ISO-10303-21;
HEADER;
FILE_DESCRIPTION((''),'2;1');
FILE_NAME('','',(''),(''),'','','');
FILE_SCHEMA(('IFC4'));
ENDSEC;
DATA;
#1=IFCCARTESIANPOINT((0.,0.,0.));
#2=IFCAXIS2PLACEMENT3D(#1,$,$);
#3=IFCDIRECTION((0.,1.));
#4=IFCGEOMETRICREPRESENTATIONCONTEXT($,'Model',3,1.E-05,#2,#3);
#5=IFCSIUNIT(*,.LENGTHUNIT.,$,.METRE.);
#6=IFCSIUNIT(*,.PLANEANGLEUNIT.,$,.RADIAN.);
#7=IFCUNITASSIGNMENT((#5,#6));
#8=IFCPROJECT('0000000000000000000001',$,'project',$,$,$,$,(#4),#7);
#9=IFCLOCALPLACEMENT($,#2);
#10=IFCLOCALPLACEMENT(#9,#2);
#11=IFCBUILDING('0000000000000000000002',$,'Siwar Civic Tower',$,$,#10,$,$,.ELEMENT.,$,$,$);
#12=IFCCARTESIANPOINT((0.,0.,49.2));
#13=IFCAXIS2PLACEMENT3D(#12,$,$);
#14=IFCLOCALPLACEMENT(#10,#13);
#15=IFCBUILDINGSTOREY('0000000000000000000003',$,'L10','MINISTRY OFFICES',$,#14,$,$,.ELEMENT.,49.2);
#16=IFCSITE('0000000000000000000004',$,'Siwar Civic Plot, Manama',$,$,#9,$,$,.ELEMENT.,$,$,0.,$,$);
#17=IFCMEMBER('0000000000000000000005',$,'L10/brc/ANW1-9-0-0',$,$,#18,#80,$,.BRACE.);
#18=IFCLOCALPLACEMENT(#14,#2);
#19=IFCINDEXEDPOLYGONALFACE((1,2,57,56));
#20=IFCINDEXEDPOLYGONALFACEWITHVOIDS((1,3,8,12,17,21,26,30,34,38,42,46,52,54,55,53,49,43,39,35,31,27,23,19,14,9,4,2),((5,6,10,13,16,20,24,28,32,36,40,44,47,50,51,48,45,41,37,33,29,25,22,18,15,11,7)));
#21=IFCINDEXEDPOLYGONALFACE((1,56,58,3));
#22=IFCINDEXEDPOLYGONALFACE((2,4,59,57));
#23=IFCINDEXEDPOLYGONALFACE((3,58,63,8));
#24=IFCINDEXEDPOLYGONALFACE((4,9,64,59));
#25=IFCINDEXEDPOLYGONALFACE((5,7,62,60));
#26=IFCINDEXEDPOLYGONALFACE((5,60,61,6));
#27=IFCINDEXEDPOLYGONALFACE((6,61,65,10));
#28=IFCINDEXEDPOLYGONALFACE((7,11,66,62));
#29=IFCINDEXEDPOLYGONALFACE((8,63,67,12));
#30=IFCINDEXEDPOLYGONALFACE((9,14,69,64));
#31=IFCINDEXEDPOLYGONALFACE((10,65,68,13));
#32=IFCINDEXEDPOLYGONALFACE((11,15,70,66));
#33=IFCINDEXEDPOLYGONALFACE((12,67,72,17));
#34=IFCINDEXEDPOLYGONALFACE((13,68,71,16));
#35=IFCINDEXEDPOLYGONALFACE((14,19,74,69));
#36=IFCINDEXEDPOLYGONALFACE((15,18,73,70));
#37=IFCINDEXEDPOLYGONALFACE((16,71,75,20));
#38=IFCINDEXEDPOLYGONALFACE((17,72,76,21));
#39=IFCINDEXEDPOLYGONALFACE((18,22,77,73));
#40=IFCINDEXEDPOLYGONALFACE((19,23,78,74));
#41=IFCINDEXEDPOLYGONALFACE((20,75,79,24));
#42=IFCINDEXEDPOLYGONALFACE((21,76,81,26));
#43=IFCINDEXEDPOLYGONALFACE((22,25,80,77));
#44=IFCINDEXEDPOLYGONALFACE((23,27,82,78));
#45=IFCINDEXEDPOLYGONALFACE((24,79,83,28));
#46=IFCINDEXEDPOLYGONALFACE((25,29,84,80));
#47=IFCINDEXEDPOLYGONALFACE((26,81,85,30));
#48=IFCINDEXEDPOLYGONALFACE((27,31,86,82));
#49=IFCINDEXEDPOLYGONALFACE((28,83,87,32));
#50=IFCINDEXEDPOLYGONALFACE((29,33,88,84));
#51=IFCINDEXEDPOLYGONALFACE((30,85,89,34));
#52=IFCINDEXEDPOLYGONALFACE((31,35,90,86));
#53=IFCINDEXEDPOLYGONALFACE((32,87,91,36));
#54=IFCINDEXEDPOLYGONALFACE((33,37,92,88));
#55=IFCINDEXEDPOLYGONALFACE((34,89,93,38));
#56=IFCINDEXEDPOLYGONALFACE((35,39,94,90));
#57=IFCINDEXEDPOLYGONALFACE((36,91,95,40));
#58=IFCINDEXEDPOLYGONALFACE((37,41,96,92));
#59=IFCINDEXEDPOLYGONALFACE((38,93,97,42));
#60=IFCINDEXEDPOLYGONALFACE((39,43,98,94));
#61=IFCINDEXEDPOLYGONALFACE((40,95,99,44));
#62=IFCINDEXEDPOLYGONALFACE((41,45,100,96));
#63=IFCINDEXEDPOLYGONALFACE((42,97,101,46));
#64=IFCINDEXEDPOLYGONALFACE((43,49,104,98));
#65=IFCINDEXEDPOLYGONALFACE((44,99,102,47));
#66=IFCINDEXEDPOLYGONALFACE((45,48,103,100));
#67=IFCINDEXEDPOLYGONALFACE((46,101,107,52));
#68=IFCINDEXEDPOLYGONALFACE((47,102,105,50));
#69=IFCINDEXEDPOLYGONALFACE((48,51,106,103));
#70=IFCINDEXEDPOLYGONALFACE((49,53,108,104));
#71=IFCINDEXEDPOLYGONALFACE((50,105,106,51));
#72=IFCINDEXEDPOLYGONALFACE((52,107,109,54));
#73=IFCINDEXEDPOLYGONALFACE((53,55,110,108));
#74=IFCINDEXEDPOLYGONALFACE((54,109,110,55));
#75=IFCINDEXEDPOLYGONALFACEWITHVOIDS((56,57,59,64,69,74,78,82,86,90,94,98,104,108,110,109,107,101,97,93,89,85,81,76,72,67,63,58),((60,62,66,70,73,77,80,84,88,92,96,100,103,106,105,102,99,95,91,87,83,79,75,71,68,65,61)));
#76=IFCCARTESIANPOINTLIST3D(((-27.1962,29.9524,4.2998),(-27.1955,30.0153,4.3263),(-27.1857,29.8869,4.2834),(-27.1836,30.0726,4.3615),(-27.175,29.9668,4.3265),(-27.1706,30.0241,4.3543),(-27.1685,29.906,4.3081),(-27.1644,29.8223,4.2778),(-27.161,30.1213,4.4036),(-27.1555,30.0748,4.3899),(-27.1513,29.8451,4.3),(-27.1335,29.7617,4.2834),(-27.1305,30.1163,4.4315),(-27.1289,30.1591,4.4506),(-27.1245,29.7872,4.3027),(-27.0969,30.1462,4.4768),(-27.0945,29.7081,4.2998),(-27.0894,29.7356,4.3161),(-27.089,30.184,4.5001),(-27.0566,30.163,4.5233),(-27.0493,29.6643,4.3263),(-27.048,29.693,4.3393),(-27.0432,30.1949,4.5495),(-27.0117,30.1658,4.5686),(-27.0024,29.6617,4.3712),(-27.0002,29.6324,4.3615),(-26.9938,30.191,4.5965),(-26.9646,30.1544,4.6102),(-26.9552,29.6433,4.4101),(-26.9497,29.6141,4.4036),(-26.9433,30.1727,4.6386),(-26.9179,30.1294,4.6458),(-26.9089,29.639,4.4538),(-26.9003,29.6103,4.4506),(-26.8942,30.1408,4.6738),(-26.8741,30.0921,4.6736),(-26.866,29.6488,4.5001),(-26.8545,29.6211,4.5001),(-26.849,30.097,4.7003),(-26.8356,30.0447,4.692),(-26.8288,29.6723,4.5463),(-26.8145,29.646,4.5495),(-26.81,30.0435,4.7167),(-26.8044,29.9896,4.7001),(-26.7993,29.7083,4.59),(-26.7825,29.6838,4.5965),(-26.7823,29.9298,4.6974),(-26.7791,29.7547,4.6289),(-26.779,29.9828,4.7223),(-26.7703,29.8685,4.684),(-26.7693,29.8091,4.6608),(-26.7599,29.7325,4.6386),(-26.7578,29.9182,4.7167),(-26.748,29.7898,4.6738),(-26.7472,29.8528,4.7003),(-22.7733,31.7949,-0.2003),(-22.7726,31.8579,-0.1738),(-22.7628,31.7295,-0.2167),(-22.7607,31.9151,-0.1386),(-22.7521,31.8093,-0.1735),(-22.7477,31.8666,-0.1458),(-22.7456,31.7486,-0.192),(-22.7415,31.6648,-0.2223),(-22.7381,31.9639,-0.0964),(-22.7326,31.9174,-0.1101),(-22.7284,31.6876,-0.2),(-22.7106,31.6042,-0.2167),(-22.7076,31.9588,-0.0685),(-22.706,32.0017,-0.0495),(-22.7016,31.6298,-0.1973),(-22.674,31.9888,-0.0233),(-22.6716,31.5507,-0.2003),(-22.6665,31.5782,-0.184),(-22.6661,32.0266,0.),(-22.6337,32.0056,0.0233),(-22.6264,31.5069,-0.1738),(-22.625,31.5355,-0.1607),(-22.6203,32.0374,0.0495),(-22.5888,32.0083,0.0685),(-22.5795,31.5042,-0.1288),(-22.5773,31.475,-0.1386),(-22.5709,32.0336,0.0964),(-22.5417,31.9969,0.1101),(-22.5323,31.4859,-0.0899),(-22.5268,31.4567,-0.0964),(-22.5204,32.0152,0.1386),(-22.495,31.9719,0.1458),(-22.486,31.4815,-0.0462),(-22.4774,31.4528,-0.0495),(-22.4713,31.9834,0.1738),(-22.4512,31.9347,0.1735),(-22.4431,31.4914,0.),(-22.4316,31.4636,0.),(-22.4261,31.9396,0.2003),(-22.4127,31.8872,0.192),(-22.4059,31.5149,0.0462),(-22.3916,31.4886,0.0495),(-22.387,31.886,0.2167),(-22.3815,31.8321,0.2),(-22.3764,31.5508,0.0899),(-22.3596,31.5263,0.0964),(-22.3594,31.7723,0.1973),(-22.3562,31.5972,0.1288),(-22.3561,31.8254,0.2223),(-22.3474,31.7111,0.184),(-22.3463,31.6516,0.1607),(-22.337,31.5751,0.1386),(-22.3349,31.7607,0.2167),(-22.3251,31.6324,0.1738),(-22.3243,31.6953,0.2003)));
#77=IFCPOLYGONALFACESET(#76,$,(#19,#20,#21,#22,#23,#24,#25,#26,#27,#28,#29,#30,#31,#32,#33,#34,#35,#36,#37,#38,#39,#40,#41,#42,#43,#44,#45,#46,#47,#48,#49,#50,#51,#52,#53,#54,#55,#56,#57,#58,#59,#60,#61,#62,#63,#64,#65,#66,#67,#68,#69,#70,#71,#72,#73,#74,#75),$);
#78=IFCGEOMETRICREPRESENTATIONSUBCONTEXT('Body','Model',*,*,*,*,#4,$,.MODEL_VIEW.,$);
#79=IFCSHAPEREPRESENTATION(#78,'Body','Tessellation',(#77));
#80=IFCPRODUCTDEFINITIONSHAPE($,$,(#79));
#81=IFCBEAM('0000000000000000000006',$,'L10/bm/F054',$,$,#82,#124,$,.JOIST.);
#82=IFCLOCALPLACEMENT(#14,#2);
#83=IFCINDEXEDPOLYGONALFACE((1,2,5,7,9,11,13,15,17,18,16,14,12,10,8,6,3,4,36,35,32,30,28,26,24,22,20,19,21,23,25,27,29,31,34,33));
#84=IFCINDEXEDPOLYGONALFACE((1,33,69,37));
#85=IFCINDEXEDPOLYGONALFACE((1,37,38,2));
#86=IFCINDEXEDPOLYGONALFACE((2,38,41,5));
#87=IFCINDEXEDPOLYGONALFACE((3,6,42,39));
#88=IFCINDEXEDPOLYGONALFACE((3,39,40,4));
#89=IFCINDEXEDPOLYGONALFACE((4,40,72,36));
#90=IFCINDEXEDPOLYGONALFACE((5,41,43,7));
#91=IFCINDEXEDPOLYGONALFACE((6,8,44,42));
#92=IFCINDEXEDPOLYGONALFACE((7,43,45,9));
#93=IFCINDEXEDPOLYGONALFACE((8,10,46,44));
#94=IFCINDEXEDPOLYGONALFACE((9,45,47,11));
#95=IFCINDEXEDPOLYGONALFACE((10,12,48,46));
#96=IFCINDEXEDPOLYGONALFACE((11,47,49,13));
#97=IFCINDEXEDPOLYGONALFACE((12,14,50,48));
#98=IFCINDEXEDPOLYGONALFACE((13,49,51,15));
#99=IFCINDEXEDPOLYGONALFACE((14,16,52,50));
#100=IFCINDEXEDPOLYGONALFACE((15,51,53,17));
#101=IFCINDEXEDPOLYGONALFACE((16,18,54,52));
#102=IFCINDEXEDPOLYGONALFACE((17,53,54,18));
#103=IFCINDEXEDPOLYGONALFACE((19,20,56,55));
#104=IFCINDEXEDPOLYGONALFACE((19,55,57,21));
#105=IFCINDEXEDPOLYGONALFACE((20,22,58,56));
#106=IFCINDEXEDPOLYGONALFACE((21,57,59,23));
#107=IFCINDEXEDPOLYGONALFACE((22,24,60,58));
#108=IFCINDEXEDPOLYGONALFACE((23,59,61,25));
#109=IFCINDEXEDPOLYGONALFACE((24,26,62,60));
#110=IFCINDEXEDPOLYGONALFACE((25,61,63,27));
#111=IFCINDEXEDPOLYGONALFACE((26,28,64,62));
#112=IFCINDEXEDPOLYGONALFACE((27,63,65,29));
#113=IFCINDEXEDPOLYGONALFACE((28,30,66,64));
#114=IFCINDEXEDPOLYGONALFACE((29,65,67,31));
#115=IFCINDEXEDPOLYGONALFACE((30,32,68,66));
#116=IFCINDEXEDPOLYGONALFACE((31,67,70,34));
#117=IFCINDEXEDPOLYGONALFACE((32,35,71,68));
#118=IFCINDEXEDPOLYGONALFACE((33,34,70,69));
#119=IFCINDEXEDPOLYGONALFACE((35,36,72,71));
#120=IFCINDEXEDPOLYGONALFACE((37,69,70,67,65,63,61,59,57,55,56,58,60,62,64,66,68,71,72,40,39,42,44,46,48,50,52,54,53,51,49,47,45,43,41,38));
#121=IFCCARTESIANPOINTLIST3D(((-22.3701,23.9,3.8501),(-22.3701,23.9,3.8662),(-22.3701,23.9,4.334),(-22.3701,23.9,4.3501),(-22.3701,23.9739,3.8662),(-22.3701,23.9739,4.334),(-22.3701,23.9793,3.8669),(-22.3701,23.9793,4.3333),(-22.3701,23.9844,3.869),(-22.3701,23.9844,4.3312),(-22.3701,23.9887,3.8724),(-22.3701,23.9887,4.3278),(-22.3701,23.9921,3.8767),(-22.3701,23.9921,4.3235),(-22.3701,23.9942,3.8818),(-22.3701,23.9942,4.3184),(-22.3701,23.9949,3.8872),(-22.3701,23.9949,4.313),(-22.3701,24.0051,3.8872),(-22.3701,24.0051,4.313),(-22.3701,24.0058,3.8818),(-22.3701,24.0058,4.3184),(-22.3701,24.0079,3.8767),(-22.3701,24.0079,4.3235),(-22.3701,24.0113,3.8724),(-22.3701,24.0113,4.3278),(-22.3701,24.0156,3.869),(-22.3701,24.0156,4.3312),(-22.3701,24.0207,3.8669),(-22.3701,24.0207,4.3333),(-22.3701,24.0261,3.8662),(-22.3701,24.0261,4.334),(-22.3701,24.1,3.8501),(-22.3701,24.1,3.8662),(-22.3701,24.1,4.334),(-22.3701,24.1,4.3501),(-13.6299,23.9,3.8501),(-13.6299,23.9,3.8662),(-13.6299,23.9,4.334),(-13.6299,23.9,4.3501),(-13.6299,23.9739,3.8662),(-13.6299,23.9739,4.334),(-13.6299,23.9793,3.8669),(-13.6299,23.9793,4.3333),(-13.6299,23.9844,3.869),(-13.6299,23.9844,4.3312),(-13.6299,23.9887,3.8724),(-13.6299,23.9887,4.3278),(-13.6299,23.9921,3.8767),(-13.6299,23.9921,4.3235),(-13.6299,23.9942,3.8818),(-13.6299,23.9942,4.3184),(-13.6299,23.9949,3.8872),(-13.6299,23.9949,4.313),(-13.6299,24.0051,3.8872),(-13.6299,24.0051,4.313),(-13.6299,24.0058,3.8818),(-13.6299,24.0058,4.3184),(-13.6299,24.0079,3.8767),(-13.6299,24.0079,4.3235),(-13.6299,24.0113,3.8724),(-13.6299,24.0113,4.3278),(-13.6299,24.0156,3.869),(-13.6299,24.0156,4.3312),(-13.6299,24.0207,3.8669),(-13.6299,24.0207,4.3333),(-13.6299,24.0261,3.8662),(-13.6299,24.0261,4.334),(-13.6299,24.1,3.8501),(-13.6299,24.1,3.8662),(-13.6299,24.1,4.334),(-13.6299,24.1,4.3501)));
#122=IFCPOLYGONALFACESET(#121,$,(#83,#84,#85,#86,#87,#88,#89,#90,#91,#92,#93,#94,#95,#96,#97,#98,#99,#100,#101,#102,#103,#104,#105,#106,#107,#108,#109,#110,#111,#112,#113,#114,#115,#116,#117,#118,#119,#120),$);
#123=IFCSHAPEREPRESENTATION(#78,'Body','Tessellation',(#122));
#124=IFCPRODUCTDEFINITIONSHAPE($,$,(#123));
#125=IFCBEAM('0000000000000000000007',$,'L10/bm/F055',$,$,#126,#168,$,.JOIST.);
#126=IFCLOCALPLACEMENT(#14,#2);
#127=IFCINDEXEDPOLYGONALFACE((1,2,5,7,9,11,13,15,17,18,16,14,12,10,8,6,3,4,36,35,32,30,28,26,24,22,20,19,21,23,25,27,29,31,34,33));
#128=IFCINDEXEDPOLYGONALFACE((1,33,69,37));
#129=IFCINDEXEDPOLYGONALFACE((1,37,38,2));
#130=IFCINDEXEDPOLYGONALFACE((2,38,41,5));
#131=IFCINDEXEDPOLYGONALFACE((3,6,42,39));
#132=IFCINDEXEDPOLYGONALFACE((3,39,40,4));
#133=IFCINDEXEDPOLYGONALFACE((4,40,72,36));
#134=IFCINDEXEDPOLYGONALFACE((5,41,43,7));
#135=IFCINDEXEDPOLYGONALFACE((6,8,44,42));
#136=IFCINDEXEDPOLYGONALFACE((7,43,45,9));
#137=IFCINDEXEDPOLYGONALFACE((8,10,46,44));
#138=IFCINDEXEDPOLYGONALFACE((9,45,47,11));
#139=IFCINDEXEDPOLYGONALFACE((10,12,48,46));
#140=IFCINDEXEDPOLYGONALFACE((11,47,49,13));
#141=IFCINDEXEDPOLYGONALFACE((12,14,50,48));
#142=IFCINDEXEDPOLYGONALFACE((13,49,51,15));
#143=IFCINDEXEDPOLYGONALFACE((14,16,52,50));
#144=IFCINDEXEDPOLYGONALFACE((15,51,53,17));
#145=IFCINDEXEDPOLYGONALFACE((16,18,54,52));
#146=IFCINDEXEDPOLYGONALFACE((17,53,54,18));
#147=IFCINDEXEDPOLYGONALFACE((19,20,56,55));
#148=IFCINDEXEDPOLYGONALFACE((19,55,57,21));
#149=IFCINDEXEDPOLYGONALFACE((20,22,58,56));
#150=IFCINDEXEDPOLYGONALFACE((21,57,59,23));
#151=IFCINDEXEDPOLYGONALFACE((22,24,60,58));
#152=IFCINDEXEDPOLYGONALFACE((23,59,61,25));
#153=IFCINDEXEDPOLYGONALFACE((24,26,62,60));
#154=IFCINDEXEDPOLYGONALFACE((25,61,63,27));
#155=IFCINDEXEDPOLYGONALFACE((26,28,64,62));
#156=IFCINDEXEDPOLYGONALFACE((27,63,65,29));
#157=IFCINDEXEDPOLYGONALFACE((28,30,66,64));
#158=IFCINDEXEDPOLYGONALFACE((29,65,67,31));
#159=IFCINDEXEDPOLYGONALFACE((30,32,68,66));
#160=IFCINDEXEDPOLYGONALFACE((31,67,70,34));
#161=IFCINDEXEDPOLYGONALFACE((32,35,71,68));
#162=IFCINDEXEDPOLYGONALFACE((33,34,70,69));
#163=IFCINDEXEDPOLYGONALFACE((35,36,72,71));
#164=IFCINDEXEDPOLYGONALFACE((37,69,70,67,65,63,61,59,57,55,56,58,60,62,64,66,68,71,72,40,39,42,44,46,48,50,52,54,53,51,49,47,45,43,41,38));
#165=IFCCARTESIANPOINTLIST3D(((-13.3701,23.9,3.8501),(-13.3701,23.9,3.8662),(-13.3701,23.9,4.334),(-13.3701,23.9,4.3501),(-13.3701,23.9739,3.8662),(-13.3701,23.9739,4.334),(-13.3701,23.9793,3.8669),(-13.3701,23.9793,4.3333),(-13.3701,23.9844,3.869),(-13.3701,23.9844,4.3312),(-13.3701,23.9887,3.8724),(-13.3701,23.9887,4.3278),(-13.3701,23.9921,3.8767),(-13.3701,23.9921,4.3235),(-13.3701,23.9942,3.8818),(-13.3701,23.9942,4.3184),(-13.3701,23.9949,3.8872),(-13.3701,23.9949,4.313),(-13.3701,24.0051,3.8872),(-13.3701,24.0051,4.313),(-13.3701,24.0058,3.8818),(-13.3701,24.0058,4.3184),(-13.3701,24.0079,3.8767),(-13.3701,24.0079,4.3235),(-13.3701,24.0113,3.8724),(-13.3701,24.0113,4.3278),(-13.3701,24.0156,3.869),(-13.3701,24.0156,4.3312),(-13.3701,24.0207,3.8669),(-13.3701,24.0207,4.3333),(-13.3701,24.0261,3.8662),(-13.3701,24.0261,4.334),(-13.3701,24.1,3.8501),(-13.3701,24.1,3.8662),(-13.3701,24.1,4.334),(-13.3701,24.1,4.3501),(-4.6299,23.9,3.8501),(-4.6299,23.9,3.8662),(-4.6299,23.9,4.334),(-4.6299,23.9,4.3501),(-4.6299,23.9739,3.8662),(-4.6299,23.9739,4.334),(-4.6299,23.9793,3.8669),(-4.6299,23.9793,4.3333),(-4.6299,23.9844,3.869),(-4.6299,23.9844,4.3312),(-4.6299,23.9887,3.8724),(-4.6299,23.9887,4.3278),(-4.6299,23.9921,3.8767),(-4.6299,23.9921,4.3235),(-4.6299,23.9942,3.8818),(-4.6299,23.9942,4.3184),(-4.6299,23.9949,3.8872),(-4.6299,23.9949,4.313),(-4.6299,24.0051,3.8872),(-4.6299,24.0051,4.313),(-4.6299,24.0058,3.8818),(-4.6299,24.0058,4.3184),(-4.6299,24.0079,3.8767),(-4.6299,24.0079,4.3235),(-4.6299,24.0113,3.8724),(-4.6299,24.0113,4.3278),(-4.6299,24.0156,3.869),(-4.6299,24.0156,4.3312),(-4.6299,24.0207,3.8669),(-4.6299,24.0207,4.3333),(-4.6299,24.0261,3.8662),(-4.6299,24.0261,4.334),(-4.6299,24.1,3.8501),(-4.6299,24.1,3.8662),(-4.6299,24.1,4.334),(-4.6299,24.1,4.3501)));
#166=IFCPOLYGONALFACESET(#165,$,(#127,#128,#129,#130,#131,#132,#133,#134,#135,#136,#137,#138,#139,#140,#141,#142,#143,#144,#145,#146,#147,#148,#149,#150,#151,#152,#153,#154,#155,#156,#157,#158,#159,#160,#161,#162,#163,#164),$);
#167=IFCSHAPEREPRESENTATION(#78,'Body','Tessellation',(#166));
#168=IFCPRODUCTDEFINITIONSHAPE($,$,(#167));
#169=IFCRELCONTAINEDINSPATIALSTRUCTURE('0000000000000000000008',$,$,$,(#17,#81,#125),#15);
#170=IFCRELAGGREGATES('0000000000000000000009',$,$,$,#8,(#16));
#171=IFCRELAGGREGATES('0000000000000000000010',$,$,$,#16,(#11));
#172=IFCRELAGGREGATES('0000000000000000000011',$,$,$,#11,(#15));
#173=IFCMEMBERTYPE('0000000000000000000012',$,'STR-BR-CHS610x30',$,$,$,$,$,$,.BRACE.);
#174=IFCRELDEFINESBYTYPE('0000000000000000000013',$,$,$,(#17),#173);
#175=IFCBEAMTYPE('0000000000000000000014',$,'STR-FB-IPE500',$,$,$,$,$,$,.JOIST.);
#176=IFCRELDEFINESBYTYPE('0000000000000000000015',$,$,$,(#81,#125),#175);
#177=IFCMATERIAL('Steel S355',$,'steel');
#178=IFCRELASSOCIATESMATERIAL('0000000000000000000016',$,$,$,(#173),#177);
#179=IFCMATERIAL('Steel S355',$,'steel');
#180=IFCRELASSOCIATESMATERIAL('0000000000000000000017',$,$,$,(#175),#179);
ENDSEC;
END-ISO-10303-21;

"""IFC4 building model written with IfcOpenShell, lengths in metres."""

from ifc_helpers import new_model, si_unit, direction, frame, origin, origin_2d, place, context, subcontext, project, spatial, hollow_circle, i_section, extrude, material, material_profile, profile_set, type_object, element, save


model = new_model("IFC4")

# Units and contexts
model_context = context("Model", 3, precision=1e-05, world=origin(), true_north=direction((0.0, 1.0)))
body_context = subcontext(model_context, "Body", "Model", "MODEL_VIEW")
ifc_project = project(units=[si_unit("LENGTHUNIT", "METRE"), si_unit("PLANEANGLEUNIT", "RADIAN")], contexts=[model_context])

# Site, building, storey
site_placement = place(None, origin())
site = spatial("IfcSite", under=ifc_project, at=site_placement, Name="Siwar Civic Plot, Manama", CompositionType="ELEMENT", RefElevation=0.0)
building_placement = place(site_placement, origin())
building = spatial("IfcBuilding", under=site, at=building_placement, Name="Siwar Civic Tower", CompositionType="ELEMENT")
storey_placement = place(building_placement, frame((0.0, 0.0, 49.2)))
storey = spatial("IfcBuildingStorey", under=building, at=storey_placement, Name="L10", Description="MINISTRY OFFICES", CompositionType="ELEMENT", Elevation=49.2)

# Member
ifc_material_1 = material(Name="Steel S355", Category="steel")
ifc_material_profile_1 = material_profile(ifc_material_1, hollow_circle(Radius=0.3049, WallThickness=0.03, at=origin_2d()), Name="CHS610x30")
ifc_profile_set_1 = profile_set([ifc_material_profile_1], Name="Steel S355")
member_type_1 = type_object("IfcMemberType", Name="STR-BR-CHS610x30", PredefinedType="BRACE", material=ifc_profile_set_1)
member_1_placement = place(storey_placement, frame((-22.5488, 31.7451, 0.0), z_axis=(-0.672865, -0.280311, 0.684601), x_axis=(0.384557, -0.923101, 0.0)))
element("IfcMember", 1, at=member_1_placement, inside=storey, type_object=member_type_1, Name="L10/brc/ANW1-9-0-0", PredefinedType="BRACE", context=body_context, shape_type="SweptSolid", body=[
    extrude(hollow_circle(Radius=0.3049, WallThickness=0.03, at=origin_2d()), origin(), (0.0, 0.0, 1.0), 6.5732),
])

# Beams
ifc_material_2 = material(Name="Steel S355", Category="steel")
ifc_material_profile_2 = material_profile(ifc_material_2, i_section(OverallWidth=0.2, OverallDepth=0.5, WebThickness=0.0103, FlangeThickness=0.0161, FilletRadius=0.021, at=origin_2d()), Name="IPE500")
ifc_profile_set_2 = profile_set([ifc_material_profile_2], Name="Steel S355")
beam_type_1 = type_object("IfcBeamType", Name="STR-FB-IPE500", PredefinedType="JOIST", material=ifc_profile_set_2)
for number, where, z_axis, x_axis, name in (
    (2, (-22.3701, 24.0, 4.1001), (1.0, 0.0, 0.0), (0.0, 1.0, 0.0), "L10/bm/F054"),
    (3, (-13.3701, 24.0, 4.1001), (1.0, 0.0, 0.0), (0.0, 1.0, 0.0), "L10/bm/F055"),
):
    element("IfcBeam", number, at=place(storey_placement, frame(where, z_axis=z_axis, x_axis=x_axis)), inside=storey, type_object=beam_type_1, Name=name, PredefinedType="JOIST", context=body_context, shape_type="SweptSolid", body=[
        extrude(i_section(OverallWidth=0.2, OverallDepth=0.5, WebThickness=0.0103, FlangeThickness=0.0161, FilletRadius=0.021, at=origin_2d()), origin(), (0.0, 0.0, 1.0), 8.7402),
    ])

save(model, "model.ifc")
